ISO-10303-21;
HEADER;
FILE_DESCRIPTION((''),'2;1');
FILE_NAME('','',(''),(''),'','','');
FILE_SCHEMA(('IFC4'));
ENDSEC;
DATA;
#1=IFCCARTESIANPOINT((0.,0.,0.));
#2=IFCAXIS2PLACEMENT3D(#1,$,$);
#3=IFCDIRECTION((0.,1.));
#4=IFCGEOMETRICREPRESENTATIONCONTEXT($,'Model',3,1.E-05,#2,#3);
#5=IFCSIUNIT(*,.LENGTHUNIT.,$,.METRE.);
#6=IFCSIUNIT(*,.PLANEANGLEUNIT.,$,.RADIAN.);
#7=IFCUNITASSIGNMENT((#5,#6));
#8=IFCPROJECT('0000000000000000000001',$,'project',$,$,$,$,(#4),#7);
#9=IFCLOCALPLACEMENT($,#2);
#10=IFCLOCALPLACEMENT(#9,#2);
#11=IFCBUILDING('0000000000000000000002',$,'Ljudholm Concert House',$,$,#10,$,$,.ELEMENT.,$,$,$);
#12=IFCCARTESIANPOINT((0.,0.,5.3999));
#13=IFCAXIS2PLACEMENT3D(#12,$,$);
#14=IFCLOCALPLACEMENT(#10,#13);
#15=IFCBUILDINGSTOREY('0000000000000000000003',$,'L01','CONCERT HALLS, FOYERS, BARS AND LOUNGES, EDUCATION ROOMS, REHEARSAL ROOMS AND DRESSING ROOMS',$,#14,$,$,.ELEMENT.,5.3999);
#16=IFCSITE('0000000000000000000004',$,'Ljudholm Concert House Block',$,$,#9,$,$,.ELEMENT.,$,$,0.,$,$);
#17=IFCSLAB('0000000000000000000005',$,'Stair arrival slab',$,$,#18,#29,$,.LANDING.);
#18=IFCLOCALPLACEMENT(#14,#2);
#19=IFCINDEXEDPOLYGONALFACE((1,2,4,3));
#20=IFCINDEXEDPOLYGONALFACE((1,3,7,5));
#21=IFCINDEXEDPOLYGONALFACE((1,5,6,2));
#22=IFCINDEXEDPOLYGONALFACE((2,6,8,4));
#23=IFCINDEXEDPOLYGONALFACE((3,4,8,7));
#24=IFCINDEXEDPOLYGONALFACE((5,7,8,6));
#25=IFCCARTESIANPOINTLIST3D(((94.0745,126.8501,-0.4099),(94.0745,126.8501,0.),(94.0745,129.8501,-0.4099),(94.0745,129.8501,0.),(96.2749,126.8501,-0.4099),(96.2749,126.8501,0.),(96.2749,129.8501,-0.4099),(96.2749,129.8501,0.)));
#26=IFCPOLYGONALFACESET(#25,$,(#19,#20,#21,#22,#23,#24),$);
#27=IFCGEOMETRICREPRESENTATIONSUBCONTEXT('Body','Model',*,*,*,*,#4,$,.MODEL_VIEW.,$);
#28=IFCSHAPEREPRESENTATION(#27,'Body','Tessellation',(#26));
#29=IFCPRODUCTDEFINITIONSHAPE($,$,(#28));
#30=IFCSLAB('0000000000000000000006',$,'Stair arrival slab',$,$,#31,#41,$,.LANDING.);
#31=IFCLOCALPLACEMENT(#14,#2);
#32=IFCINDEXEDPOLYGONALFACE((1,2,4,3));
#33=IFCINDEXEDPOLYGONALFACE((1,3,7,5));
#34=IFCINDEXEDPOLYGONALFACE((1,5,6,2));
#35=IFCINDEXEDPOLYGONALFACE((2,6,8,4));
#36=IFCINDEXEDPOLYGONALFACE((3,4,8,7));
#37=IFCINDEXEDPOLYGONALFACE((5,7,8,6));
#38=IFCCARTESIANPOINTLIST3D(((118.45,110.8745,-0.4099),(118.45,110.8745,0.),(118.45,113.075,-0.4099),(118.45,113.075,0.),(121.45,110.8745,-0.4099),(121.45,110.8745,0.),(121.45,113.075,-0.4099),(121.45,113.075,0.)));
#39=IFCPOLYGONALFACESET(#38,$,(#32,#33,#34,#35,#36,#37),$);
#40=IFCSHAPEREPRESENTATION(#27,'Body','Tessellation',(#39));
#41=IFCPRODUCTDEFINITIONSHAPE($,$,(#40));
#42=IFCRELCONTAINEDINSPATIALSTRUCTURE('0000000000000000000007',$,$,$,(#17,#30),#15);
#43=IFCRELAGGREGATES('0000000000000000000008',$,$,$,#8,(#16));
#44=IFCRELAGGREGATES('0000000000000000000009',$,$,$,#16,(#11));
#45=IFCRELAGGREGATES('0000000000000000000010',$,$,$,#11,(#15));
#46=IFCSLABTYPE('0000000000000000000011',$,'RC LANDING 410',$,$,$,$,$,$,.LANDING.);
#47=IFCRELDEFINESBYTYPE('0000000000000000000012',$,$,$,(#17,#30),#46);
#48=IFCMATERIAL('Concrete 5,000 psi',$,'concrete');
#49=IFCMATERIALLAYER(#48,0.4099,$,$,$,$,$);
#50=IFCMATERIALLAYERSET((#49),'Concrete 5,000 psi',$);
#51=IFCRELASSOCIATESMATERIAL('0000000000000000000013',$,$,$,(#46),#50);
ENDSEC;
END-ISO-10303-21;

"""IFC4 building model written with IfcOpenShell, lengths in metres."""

from ifc_helpers import new_model, si_unit, direction, frame, origin, place, context, subcontext, project, spatial, polyline, outline, extrude, material, layer, layer_set, type_object, element, save


model = new_model("IFC4")

# Units and contexts
model_context = context("Model", 3, precision=1e-05, world=origin(), true_north=direction((0.0, 1.0)))
body_context = subcontext(model_context, "Body", "Model", "MODEL_VIEW")
ifc_project = project(units=[si_unit("LENGTHUNIT", "METRE"), si_unit("PLANEANGLEUNIT", "RADIAN")], contexts=[model_context])

# Site, building, storey
site_placement = place(None, origin())
site = spatial("IfcSite", under=ifc_project, at=site_placement, Name="Ljudholm Concert House Block", CompositionType="ELEMENT", RefElevation=0.0)
building_placement = place(site_placement, origin())
building = spatial("IfcBuilding", under=site, at=building_placement, Name="Ljudholm Concert House", CompositionType="ELEMENT")
storey_placement = place(building_placement, frame((0.0, 0.0, 5.3999)))
storey = spatial("IfcBuildingStorey", under=building, at=storey_placement, Name="L01", Description="CONCERT HALLS, FOYERS, BARS AND LOUNGES, EDUCATION ROOMS, REHEARSAL ROOMS AND DRESSING ROOMS", CompositionType="ELEMENT", Elevation=5.3999)

# Shared definitions
ifc_material_1 = material(Name="Concrete 5,000 psi", Category="concrete")
ifc_layer_1 = layer(ifc_material_1, 0.4099)
ifc_layer_set_1 = layer_set([ifc_layer_1], Name="Concrete 5,000 psi")
slab_type_1 = type_object("IfcSlabType", Name="RC LANDING 410", PredefinedType="LANDING", material=ifc_layer_set_1)

# Slabs
slab_1_placement = place(storey_placement, frame((0.0, 0.0, -0.4099)))
element("IfcSlab", 1, at=slab_1_placement, inside=storey, type_object=slab_type_1, Name="Stair arrival slab", PredefinedType="LANDING", context=body_context, shape_type="SweptSolid", body=[
    extrude(outline(polyline([(96.2749, 129.8501), (96.2749, 126.8501), (94.0745, 126.8501), (94.0745, 129.8501), (96.2749, 129.8501)])), origin(), (0.0, 0.0, 1.0), 0.4099),
])
slab_2_placement = place(storey_placement, frame((0.0, 0.0, -0.4099)))
element("IfcSlab", 2, at=slab_2_placement, inside=storey, type_object=slab_type_1, Name="Stair arrival slab", PredefinedType="LANDING", context=body_context, shape_type="SweptSolid", body=[
    extrude(outline(polyline([(118.45, 113.075), (121.45, 113.075), (121.45, 110.8745), (118.45, 110.8745), (118.45, 113.075)])), origin(), (0.0, 0.0, 1.0), 0.4099),
])

save(model, "model.ifc")
